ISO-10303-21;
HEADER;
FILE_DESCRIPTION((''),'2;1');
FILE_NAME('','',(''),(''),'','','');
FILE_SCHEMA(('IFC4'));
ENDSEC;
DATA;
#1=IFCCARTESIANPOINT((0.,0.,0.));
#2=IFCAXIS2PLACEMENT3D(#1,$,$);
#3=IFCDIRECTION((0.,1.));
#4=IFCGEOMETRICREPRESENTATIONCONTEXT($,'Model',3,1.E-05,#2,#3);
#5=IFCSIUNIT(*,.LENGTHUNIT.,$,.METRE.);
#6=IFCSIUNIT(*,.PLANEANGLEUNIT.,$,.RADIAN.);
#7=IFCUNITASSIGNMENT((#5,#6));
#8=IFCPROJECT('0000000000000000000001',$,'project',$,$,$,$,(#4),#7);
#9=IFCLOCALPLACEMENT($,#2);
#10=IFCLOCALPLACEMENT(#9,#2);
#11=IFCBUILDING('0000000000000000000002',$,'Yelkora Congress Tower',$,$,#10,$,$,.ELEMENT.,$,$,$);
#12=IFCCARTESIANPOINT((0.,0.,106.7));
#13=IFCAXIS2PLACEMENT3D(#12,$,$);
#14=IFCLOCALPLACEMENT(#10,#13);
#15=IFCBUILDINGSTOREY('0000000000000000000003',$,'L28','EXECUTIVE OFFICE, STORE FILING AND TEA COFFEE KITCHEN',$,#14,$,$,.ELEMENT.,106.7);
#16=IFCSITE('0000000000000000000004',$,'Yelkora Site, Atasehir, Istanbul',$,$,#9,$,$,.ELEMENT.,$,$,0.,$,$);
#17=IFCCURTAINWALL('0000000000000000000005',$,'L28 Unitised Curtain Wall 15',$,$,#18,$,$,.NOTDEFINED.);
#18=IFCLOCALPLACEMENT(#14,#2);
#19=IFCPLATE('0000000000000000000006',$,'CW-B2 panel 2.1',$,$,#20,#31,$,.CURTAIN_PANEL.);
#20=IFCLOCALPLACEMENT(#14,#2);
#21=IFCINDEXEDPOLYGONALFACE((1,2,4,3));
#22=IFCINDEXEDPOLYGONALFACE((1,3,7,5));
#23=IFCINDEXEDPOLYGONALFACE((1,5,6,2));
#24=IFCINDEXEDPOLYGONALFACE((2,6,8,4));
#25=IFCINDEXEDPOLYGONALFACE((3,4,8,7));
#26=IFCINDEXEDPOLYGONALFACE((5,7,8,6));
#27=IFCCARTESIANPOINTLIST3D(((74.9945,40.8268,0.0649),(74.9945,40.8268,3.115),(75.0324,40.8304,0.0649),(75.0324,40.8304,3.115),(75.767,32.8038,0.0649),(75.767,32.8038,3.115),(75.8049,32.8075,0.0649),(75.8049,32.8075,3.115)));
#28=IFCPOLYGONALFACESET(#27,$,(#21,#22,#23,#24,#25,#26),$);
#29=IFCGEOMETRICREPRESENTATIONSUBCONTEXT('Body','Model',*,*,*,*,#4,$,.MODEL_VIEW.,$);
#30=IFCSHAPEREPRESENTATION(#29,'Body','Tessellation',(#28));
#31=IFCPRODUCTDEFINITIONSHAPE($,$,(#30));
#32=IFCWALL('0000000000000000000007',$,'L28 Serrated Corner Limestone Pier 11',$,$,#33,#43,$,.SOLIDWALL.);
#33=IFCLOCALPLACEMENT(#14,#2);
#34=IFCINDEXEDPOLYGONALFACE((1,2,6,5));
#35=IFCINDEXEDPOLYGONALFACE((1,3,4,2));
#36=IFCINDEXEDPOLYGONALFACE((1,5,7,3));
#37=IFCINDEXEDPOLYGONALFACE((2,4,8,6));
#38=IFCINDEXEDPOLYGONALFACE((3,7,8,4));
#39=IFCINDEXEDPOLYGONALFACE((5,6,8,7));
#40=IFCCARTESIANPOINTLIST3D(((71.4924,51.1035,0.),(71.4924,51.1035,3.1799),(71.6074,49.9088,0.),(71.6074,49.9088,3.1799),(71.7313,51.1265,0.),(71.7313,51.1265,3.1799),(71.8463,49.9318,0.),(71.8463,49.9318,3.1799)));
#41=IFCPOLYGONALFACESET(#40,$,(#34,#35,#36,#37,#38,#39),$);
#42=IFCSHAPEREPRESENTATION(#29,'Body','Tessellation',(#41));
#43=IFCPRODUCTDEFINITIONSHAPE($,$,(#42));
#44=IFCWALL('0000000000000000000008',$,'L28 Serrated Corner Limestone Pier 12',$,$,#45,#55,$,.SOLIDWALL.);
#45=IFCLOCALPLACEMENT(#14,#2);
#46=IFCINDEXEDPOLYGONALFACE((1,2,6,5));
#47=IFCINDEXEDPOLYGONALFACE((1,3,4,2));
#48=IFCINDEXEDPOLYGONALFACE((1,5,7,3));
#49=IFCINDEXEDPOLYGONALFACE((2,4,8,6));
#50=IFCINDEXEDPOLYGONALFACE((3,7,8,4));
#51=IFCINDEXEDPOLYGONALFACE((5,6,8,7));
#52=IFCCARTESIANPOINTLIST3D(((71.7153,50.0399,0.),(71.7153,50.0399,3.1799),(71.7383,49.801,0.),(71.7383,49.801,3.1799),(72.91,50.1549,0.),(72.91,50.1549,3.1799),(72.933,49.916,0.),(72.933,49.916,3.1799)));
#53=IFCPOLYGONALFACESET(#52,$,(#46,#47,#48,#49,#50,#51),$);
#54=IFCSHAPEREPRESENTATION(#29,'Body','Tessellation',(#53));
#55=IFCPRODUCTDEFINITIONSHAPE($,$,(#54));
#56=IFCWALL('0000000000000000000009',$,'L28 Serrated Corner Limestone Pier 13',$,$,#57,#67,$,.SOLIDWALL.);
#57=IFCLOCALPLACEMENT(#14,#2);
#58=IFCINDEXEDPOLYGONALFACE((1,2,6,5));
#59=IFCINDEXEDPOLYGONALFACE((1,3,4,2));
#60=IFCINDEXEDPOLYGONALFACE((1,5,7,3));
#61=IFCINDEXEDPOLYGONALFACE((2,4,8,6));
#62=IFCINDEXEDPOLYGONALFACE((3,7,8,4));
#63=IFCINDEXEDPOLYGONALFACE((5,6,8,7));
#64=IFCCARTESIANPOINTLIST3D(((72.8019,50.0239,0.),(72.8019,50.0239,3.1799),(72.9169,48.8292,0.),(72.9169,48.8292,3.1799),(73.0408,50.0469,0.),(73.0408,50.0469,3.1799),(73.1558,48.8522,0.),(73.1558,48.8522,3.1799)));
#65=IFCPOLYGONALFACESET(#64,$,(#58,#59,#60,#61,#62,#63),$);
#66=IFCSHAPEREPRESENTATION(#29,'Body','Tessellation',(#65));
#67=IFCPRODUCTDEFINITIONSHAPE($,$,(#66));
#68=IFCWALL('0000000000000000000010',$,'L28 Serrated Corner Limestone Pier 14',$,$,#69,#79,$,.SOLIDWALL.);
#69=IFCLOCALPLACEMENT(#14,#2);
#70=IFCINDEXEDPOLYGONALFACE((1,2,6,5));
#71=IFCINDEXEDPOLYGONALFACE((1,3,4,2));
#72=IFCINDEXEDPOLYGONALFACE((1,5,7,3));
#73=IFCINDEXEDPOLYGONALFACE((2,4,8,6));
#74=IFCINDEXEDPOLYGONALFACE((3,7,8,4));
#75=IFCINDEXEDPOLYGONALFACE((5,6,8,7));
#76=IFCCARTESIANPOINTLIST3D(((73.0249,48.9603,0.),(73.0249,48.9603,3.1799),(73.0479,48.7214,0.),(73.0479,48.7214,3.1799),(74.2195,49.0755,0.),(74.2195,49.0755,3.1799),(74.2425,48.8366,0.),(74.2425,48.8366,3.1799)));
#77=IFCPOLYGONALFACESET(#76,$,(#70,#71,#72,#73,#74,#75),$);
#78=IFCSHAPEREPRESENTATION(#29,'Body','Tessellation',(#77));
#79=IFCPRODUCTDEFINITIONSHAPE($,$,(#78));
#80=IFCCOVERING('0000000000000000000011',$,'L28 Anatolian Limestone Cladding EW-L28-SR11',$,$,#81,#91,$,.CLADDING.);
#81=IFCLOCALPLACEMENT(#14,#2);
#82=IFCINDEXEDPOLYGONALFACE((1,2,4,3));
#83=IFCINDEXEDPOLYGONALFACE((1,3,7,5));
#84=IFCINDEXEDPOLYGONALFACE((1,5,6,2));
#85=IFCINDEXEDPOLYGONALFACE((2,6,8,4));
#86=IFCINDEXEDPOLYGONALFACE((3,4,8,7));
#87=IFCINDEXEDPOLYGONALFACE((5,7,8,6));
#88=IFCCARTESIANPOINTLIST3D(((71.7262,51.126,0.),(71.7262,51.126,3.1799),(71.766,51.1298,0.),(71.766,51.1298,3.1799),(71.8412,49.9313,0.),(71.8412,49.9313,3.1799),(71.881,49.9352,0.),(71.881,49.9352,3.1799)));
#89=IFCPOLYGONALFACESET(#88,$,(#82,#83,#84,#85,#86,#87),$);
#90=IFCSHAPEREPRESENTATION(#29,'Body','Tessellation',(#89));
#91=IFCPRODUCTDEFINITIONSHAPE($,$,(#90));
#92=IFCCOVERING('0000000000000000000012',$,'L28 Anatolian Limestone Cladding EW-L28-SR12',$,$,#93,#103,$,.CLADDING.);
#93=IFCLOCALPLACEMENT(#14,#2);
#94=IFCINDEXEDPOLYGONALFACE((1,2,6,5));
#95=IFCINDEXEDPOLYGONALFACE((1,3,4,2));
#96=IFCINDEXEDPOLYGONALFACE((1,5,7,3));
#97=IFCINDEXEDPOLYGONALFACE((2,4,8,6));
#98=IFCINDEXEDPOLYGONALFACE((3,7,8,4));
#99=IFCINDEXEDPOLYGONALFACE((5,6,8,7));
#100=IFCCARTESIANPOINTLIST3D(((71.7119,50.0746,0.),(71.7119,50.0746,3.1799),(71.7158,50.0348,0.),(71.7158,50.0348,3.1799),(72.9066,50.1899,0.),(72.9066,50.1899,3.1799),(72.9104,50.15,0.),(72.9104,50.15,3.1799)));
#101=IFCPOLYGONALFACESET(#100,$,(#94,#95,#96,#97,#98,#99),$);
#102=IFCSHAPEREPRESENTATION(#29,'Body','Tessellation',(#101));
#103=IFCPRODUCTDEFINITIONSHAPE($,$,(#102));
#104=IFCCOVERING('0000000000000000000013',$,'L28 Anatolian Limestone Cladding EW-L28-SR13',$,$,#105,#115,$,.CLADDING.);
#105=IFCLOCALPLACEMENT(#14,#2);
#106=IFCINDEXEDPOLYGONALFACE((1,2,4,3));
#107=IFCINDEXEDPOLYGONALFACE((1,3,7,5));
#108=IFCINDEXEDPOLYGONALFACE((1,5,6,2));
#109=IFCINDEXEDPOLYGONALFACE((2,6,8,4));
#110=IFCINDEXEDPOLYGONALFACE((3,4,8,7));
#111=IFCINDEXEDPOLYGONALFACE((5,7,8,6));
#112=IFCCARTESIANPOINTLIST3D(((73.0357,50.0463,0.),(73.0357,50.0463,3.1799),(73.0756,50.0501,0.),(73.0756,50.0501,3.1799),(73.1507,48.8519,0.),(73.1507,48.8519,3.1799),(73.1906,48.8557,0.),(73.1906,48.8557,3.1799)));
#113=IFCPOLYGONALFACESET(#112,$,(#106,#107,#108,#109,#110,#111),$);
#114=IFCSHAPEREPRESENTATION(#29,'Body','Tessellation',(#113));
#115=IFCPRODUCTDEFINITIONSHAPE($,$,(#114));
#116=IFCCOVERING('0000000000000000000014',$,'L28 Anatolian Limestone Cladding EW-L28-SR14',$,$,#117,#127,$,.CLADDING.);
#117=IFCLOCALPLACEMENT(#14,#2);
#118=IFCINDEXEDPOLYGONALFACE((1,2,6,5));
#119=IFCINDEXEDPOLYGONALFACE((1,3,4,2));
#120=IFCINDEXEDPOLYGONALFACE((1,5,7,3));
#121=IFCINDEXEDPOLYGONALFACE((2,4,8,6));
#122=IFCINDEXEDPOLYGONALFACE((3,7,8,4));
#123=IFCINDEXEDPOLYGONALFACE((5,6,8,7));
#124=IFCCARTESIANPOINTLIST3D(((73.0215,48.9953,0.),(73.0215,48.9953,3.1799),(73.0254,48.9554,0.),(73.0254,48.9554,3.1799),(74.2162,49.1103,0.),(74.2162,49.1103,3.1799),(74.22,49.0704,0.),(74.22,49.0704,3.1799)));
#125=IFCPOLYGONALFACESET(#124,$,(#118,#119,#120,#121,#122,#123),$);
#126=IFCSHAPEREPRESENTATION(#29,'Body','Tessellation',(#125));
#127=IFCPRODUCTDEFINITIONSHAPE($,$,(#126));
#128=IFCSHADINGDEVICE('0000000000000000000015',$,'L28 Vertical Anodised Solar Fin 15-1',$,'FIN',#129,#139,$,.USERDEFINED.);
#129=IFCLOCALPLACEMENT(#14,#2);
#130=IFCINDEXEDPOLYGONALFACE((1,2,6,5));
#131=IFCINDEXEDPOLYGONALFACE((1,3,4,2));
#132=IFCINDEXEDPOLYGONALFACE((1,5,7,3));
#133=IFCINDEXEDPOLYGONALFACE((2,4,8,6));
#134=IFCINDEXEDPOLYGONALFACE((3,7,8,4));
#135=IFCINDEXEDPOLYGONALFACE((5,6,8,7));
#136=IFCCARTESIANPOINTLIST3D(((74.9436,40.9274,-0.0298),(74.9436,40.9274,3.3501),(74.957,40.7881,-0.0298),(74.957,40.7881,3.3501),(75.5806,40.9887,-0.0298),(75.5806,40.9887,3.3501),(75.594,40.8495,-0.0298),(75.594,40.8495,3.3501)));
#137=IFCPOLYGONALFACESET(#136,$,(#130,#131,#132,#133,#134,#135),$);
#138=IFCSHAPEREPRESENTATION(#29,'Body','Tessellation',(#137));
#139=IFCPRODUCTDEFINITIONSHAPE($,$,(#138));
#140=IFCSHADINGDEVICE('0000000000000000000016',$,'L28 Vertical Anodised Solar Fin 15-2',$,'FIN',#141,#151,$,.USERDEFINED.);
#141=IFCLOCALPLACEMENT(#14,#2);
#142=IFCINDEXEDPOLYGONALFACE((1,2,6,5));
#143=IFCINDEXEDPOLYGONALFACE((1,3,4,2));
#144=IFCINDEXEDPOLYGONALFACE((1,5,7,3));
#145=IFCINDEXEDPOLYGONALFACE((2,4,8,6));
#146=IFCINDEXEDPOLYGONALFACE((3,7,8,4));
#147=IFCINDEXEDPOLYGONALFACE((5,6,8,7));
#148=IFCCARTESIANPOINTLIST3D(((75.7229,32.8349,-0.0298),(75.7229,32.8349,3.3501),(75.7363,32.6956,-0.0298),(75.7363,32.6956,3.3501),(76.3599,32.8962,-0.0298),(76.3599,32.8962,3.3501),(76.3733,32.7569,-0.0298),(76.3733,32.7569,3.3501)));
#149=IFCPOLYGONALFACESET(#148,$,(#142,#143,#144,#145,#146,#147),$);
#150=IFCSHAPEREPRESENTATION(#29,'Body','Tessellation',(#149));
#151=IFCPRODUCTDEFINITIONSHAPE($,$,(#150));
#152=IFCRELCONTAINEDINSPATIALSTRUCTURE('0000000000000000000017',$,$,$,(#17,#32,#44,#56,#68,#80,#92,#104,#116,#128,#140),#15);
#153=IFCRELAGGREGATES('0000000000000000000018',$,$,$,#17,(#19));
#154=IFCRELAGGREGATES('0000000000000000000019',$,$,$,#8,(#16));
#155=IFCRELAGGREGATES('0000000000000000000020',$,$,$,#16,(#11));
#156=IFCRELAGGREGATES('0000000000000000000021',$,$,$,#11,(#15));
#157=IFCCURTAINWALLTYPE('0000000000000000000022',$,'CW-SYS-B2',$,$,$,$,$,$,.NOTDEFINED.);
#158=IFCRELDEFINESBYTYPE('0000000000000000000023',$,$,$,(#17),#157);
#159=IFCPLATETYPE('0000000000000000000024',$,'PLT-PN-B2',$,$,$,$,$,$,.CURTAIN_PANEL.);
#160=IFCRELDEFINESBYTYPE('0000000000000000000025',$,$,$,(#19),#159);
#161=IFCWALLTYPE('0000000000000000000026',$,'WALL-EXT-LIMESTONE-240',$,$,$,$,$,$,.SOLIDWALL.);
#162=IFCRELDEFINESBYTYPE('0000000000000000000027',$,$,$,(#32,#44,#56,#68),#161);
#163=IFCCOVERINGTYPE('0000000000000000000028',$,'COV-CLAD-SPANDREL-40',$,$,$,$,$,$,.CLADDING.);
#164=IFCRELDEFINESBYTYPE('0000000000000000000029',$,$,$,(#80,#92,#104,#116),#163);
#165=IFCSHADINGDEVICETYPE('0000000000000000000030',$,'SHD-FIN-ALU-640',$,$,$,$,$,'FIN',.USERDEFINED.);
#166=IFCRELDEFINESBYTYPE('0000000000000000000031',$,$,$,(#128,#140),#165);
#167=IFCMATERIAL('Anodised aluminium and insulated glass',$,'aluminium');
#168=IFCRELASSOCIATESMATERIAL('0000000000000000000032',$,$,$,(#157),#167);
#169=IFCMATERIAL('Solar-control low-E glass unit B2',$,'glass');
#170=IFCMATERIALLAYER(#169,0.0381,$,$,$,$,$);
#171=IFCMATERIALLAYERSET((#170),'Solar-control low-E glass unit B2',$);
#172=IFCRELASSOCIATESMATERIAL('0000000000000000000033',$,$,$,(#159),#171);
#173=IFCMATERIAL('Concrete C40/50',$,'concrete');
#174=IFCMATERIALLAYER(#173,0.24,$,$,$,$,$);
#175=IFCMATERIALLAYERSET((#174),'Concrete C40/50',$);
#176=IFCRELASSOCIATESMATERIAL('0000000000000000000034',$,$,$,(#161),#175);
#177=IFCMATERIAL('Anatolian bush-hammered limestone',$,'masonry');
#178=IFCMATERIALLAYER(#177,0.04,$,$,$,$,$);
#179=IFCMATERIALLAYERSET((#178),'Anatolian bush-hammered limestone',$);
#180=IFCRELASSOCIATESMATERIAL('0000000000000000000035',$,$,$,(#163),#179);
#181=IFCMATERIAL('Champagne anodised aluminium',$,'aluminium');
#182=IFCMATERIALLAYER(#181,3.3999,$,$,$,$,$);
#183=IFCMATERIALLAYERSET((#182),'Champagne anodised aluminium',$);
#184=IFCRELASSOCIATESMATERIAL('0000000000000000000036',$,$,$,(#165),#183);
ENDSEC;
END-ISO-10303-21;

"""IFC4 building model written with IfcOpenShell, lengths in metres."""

from ifc_helpers import new_model, si_unit, direction, frame, frame_2d, origin, origin_2d, place, context, subcontext, project, spatial, rectangle, extrude, material, layer, layer_set, type_object, element, aggregate, save


model = new_model("IFC4")

# Units and contexts
model_context = context("Model", 3, precision=1e-05, world=origin(), true_north=direction((0.0, 1.0)))
body_context = subcontext(model_context, "Body", "Model", "MODEL_VIEW")
ifc_project = project(units=[si_unit("LENGTHUNIT", "METRE"), si_unit("PLANEANGLEUNIT", "RADIAN")], contexts=[model_context])

# Site, building, storey
site_placement = place(None, origin())
site = spatial("IfcSite", under=ifc_project, at=site_placement, Name="Yelkora Site, Atasehir, Istanbul", CompositionType="ELEMENT", RefElevation=0.0)
building_placement = place(site_placement, origin())
building = spatial("IfcBuilding", under=site, at=building_placement, Name="Yelkora Congress Tower", CompositionType="ELEMENT")
storey_placement = place(building_placement, frame((0.0, 0.0, 106.7)))
storey = spatial("IfcBuildingStorey", under=building, at=storey_placement, Name="L28", Description="EXECUTIVE OFFICE, STORE FILING AND TEA COFFEE KITCHEN", CompositionType="ELEMENT", Elevation=106.7)

# Shared definitions
ifc_material_1 = material(Name="Anodised aluminium and insulated glass", Category="aluminium")
curtain_wall_type = type_object("IfcCurtainWallType", Name="CW-SYS-B2", PredefinedType="NOTDEFINED", material=ifc_material_1)

# Curtain wall, plate
curtain_wall_1_placement = place(storey_placement, origin())
curtain_wall_1 = element("IfcCurtainWall", 1, at=curtain_wall_1_placement, inside=storey, type_object=curtain_wall_type, Name="L28 Unitised Curtain Wall 15", PredefinedType="NOTDEFINED")
ifc_material_2 = material(Name="Solar-control low-E glass unit B2", Category="glass")
ifc_layer_1 = layer(ifc_material_2, 0.0381)
ifc_layer_set_1 = layer_set([ifc_layer_1], Name="Solar-control low-E glass unit B2")
plate_type = type_object("IfcPlateType", Name="PLT-PN-B2", PredefinedType="CURTAIN_PANEL", material=ifc_layer_set_1)
plate_1_placement = place(storey_placement, frame((75.3997, 36.8171, 0.0649), z_axis=(0.0, 0.0, 1.0), x_axis=(0.095843, -0.995397, 0.0)))
plate_1 = element("IfcPlate", 2, at=plate_1_placement, type_object=plate_type, Name="CW-B2 panel 2.1", PredefinedType="CURTAIN_PANEL", context=body_context, shape_type="SweptSolid", body=[
    extrude(rectangle(XDim=8.0601, YDim=0.0381, at=origin_2d()), origin(), (0.0, 0.0, 1.0), 3.05),
])
aggregate(curtain_wall_1, [plate_1])

# Walls
ifc_material_3 = material(Name="Concrete C40/50", Category="concrete")
ifc_layer_2 = layer(ifc_material_3, 0.24)
ifc_layer_set_2 = layer_set([ifc_layer_2], Name="Concrete C40/50")
wall_type = type_object("IfcWallType", Name="WALL-EXT-LIMESTONE-240", PredefinedType="SOLIDWALL", material=ifc_layer_set_2)
for number, where, z_axis, x_axis, name in (
    (3, (71.6118, 51.115, 0.0), (0.0, 0.0, 1.0), (0.095817, -0.995399, 0.0), "L28 Serrated Corner Limestone Pier 11"),
    (4, (71.7268, 49.9204, 0.0), (0.0, 0.0, 1.0), (0.995399, 0.095817, 0.0), "L28 Serrated Corner Limestone Pier 12"),
    (5, (72.9214, 50.0354, 0.0), (0.0, 0.0, 1.0), (0.095817, -0.995399, 0.0), "L28 Serrated Corner Limestone Pier 13"),
    (6, (73.0364, 48.8408, 0.0), (0.0, 0.0, 1.0), (0.99538, 0.096019, 0.0), "L28 Serrated Corner Limestone Pier 14"),
):
    element("IfcWall", number, at=place(storey_placement, frame(where, z_axis=z_axis, x_axis=x_axis)), inside=storey, type_object=wall_type, Name=name, PredefinedType="SOLIDWALL", context=body_context, shape_type="SweptSolid", body=[
        extrude(rectangle(XDim=1.2002, YDim=0.24, at=frame_2d((0.6001, 0.0))), origin(), (0.0, 0.0, 1.0), 3.1799),
    ])

# Coverings
ifc_material_4 = material(Name="Anatolian bush-hammered limestone", Category="masonry")
ifc_layer_3 = layer(ifc_material_4, 0.04)
ifc_layer_set_3 = layer_set([ifc_layer_3], Name="Anatolian bush-hammered limestone")
covering_type = type_object("IfcCoveringType", Name="COV-CLAD-SPANDREL-40", PredefinedType="CLADDING", material=ifc_layer_set_3)
for number, where, z_axis, x_axis, name in (
    (7, (71.7461, 51.1279, 0.0), (0.0, 0.0, 1.0), (0.095817, -0.995399, 0.0), "L28 Anatolian Limestone Cladding EW-L28-SR11"),
    (8, (71.7139, 50.0547, 0.0), (0.0, 0.0, 1.0), (0.99538, 0.096019, 0.0), "L28 Anatolian Limestone Cladding EW-L28-SR12"),
):
    element("IfcCovering", number, at=place(storey_placement, frame(where, z_axis=z_axis, x_axis=x_axis)), inside=storey, type_object=covering_type, Name=name, PredefinedType="CLADDING", context=body_context, shape_type="SweptSolid", body=[
        extrude(rectangle(XDim=1.2002, YDim=0.04, at=frame_2d((0.6001, 0.0))), origin(), (0.0, 0.0, 1.0), 3.1799),
    ])
covering_1_placement = place(storey_placement, frame((73.0557, 50.0483, 0.0), z_axis=(0.0, 0.0, 1.0), x_axis=(0.095836, -0.995397, 0.0)))
element("IfcCovering", 9, at=covering_1_placement, inside=storey, type_object=covering_type, Name="L28 Anatolian Limestone Cladding EW-L28-SR13", PredefinedType="CLADDING", context=body_context, shape_type="SweptSolid", body=[
    extrude(rectangle(XDim=1.2, YDim=0.04, at=frame_2d((0.6001, 0.0))), origin(), (0.0, 0.0, 1.0), 3.1799),
])
covering_2_placement = place(storey_placement, frame((73.0234, 48.9753, 0.0), z_axis=(0.0, 0.0, 1.0), x_axis=(0.995399, 0.095817, 0.0)))
element("IfcCovering", 10, at=covering_2_placement, inside=storey, type_object=covering_type, Name="L28 Anatolian Limestone Cladding EW-L28-SR14", PredefinedType="CLADDING", context=body_context, shape_type="SweptSolid", body=[
    extrude(rectangle(XDim=1.2002, YDim=0.04, at=frame_2d((0.6001, 0.0))), origin(), (0.0, 0.0, 1.0), 3.1799),
])

# Shading devices
ifc_material_5 = material(Name="Champagne anodised aluminium", Category="aluminium")
ifc_layer_4 = layer(ifc_material_5, 3.3999)
ifc_layer_set_4 = layer_set([ifc_layer_4], Name="Champagne anodised aluminium")
shading_device_type = type_object("IfcShadingDeviceType", Name="SHD-FIN-ALU-640", ElementType="FIN", PredefinedType="USERDEFINED", material=ifc_layer_set_4)
for number, where, z_axis, x_axis, name in (
    (11, (75.2688, 40.8884, -0.0298), (0.0, 0.0, 1.0), (0.095846, -0.995396, 0.0), "L28 Vertical Anodised Solar Fin 15-1"),
    (12, (76.0481, 32.7959, -0.0298), (0.0, 0.0, 1.0), (0.095846, -0.995396, 0.0), "L28 Vertical Anodised Solar Fin 15-2"),
):
    element("IfcShadingDevice", number, at=place(storey_placement, frame(where, z_axis=z_axis, x_axis=x_axis)), inside=storey, type_object=shading_device_type, Name=name, ObjectType="FIN", PredefinedType="USERDEFINED", context=body_context, shape_type="SweptSolid", body=[
        extrude(rectangle(XDim=0.1399, YDim=0.6399, at=origin_2d()), origin(), (0.0, 0.0, 1.0), 3.3799),
    ])

save(model, "model.ifc")
